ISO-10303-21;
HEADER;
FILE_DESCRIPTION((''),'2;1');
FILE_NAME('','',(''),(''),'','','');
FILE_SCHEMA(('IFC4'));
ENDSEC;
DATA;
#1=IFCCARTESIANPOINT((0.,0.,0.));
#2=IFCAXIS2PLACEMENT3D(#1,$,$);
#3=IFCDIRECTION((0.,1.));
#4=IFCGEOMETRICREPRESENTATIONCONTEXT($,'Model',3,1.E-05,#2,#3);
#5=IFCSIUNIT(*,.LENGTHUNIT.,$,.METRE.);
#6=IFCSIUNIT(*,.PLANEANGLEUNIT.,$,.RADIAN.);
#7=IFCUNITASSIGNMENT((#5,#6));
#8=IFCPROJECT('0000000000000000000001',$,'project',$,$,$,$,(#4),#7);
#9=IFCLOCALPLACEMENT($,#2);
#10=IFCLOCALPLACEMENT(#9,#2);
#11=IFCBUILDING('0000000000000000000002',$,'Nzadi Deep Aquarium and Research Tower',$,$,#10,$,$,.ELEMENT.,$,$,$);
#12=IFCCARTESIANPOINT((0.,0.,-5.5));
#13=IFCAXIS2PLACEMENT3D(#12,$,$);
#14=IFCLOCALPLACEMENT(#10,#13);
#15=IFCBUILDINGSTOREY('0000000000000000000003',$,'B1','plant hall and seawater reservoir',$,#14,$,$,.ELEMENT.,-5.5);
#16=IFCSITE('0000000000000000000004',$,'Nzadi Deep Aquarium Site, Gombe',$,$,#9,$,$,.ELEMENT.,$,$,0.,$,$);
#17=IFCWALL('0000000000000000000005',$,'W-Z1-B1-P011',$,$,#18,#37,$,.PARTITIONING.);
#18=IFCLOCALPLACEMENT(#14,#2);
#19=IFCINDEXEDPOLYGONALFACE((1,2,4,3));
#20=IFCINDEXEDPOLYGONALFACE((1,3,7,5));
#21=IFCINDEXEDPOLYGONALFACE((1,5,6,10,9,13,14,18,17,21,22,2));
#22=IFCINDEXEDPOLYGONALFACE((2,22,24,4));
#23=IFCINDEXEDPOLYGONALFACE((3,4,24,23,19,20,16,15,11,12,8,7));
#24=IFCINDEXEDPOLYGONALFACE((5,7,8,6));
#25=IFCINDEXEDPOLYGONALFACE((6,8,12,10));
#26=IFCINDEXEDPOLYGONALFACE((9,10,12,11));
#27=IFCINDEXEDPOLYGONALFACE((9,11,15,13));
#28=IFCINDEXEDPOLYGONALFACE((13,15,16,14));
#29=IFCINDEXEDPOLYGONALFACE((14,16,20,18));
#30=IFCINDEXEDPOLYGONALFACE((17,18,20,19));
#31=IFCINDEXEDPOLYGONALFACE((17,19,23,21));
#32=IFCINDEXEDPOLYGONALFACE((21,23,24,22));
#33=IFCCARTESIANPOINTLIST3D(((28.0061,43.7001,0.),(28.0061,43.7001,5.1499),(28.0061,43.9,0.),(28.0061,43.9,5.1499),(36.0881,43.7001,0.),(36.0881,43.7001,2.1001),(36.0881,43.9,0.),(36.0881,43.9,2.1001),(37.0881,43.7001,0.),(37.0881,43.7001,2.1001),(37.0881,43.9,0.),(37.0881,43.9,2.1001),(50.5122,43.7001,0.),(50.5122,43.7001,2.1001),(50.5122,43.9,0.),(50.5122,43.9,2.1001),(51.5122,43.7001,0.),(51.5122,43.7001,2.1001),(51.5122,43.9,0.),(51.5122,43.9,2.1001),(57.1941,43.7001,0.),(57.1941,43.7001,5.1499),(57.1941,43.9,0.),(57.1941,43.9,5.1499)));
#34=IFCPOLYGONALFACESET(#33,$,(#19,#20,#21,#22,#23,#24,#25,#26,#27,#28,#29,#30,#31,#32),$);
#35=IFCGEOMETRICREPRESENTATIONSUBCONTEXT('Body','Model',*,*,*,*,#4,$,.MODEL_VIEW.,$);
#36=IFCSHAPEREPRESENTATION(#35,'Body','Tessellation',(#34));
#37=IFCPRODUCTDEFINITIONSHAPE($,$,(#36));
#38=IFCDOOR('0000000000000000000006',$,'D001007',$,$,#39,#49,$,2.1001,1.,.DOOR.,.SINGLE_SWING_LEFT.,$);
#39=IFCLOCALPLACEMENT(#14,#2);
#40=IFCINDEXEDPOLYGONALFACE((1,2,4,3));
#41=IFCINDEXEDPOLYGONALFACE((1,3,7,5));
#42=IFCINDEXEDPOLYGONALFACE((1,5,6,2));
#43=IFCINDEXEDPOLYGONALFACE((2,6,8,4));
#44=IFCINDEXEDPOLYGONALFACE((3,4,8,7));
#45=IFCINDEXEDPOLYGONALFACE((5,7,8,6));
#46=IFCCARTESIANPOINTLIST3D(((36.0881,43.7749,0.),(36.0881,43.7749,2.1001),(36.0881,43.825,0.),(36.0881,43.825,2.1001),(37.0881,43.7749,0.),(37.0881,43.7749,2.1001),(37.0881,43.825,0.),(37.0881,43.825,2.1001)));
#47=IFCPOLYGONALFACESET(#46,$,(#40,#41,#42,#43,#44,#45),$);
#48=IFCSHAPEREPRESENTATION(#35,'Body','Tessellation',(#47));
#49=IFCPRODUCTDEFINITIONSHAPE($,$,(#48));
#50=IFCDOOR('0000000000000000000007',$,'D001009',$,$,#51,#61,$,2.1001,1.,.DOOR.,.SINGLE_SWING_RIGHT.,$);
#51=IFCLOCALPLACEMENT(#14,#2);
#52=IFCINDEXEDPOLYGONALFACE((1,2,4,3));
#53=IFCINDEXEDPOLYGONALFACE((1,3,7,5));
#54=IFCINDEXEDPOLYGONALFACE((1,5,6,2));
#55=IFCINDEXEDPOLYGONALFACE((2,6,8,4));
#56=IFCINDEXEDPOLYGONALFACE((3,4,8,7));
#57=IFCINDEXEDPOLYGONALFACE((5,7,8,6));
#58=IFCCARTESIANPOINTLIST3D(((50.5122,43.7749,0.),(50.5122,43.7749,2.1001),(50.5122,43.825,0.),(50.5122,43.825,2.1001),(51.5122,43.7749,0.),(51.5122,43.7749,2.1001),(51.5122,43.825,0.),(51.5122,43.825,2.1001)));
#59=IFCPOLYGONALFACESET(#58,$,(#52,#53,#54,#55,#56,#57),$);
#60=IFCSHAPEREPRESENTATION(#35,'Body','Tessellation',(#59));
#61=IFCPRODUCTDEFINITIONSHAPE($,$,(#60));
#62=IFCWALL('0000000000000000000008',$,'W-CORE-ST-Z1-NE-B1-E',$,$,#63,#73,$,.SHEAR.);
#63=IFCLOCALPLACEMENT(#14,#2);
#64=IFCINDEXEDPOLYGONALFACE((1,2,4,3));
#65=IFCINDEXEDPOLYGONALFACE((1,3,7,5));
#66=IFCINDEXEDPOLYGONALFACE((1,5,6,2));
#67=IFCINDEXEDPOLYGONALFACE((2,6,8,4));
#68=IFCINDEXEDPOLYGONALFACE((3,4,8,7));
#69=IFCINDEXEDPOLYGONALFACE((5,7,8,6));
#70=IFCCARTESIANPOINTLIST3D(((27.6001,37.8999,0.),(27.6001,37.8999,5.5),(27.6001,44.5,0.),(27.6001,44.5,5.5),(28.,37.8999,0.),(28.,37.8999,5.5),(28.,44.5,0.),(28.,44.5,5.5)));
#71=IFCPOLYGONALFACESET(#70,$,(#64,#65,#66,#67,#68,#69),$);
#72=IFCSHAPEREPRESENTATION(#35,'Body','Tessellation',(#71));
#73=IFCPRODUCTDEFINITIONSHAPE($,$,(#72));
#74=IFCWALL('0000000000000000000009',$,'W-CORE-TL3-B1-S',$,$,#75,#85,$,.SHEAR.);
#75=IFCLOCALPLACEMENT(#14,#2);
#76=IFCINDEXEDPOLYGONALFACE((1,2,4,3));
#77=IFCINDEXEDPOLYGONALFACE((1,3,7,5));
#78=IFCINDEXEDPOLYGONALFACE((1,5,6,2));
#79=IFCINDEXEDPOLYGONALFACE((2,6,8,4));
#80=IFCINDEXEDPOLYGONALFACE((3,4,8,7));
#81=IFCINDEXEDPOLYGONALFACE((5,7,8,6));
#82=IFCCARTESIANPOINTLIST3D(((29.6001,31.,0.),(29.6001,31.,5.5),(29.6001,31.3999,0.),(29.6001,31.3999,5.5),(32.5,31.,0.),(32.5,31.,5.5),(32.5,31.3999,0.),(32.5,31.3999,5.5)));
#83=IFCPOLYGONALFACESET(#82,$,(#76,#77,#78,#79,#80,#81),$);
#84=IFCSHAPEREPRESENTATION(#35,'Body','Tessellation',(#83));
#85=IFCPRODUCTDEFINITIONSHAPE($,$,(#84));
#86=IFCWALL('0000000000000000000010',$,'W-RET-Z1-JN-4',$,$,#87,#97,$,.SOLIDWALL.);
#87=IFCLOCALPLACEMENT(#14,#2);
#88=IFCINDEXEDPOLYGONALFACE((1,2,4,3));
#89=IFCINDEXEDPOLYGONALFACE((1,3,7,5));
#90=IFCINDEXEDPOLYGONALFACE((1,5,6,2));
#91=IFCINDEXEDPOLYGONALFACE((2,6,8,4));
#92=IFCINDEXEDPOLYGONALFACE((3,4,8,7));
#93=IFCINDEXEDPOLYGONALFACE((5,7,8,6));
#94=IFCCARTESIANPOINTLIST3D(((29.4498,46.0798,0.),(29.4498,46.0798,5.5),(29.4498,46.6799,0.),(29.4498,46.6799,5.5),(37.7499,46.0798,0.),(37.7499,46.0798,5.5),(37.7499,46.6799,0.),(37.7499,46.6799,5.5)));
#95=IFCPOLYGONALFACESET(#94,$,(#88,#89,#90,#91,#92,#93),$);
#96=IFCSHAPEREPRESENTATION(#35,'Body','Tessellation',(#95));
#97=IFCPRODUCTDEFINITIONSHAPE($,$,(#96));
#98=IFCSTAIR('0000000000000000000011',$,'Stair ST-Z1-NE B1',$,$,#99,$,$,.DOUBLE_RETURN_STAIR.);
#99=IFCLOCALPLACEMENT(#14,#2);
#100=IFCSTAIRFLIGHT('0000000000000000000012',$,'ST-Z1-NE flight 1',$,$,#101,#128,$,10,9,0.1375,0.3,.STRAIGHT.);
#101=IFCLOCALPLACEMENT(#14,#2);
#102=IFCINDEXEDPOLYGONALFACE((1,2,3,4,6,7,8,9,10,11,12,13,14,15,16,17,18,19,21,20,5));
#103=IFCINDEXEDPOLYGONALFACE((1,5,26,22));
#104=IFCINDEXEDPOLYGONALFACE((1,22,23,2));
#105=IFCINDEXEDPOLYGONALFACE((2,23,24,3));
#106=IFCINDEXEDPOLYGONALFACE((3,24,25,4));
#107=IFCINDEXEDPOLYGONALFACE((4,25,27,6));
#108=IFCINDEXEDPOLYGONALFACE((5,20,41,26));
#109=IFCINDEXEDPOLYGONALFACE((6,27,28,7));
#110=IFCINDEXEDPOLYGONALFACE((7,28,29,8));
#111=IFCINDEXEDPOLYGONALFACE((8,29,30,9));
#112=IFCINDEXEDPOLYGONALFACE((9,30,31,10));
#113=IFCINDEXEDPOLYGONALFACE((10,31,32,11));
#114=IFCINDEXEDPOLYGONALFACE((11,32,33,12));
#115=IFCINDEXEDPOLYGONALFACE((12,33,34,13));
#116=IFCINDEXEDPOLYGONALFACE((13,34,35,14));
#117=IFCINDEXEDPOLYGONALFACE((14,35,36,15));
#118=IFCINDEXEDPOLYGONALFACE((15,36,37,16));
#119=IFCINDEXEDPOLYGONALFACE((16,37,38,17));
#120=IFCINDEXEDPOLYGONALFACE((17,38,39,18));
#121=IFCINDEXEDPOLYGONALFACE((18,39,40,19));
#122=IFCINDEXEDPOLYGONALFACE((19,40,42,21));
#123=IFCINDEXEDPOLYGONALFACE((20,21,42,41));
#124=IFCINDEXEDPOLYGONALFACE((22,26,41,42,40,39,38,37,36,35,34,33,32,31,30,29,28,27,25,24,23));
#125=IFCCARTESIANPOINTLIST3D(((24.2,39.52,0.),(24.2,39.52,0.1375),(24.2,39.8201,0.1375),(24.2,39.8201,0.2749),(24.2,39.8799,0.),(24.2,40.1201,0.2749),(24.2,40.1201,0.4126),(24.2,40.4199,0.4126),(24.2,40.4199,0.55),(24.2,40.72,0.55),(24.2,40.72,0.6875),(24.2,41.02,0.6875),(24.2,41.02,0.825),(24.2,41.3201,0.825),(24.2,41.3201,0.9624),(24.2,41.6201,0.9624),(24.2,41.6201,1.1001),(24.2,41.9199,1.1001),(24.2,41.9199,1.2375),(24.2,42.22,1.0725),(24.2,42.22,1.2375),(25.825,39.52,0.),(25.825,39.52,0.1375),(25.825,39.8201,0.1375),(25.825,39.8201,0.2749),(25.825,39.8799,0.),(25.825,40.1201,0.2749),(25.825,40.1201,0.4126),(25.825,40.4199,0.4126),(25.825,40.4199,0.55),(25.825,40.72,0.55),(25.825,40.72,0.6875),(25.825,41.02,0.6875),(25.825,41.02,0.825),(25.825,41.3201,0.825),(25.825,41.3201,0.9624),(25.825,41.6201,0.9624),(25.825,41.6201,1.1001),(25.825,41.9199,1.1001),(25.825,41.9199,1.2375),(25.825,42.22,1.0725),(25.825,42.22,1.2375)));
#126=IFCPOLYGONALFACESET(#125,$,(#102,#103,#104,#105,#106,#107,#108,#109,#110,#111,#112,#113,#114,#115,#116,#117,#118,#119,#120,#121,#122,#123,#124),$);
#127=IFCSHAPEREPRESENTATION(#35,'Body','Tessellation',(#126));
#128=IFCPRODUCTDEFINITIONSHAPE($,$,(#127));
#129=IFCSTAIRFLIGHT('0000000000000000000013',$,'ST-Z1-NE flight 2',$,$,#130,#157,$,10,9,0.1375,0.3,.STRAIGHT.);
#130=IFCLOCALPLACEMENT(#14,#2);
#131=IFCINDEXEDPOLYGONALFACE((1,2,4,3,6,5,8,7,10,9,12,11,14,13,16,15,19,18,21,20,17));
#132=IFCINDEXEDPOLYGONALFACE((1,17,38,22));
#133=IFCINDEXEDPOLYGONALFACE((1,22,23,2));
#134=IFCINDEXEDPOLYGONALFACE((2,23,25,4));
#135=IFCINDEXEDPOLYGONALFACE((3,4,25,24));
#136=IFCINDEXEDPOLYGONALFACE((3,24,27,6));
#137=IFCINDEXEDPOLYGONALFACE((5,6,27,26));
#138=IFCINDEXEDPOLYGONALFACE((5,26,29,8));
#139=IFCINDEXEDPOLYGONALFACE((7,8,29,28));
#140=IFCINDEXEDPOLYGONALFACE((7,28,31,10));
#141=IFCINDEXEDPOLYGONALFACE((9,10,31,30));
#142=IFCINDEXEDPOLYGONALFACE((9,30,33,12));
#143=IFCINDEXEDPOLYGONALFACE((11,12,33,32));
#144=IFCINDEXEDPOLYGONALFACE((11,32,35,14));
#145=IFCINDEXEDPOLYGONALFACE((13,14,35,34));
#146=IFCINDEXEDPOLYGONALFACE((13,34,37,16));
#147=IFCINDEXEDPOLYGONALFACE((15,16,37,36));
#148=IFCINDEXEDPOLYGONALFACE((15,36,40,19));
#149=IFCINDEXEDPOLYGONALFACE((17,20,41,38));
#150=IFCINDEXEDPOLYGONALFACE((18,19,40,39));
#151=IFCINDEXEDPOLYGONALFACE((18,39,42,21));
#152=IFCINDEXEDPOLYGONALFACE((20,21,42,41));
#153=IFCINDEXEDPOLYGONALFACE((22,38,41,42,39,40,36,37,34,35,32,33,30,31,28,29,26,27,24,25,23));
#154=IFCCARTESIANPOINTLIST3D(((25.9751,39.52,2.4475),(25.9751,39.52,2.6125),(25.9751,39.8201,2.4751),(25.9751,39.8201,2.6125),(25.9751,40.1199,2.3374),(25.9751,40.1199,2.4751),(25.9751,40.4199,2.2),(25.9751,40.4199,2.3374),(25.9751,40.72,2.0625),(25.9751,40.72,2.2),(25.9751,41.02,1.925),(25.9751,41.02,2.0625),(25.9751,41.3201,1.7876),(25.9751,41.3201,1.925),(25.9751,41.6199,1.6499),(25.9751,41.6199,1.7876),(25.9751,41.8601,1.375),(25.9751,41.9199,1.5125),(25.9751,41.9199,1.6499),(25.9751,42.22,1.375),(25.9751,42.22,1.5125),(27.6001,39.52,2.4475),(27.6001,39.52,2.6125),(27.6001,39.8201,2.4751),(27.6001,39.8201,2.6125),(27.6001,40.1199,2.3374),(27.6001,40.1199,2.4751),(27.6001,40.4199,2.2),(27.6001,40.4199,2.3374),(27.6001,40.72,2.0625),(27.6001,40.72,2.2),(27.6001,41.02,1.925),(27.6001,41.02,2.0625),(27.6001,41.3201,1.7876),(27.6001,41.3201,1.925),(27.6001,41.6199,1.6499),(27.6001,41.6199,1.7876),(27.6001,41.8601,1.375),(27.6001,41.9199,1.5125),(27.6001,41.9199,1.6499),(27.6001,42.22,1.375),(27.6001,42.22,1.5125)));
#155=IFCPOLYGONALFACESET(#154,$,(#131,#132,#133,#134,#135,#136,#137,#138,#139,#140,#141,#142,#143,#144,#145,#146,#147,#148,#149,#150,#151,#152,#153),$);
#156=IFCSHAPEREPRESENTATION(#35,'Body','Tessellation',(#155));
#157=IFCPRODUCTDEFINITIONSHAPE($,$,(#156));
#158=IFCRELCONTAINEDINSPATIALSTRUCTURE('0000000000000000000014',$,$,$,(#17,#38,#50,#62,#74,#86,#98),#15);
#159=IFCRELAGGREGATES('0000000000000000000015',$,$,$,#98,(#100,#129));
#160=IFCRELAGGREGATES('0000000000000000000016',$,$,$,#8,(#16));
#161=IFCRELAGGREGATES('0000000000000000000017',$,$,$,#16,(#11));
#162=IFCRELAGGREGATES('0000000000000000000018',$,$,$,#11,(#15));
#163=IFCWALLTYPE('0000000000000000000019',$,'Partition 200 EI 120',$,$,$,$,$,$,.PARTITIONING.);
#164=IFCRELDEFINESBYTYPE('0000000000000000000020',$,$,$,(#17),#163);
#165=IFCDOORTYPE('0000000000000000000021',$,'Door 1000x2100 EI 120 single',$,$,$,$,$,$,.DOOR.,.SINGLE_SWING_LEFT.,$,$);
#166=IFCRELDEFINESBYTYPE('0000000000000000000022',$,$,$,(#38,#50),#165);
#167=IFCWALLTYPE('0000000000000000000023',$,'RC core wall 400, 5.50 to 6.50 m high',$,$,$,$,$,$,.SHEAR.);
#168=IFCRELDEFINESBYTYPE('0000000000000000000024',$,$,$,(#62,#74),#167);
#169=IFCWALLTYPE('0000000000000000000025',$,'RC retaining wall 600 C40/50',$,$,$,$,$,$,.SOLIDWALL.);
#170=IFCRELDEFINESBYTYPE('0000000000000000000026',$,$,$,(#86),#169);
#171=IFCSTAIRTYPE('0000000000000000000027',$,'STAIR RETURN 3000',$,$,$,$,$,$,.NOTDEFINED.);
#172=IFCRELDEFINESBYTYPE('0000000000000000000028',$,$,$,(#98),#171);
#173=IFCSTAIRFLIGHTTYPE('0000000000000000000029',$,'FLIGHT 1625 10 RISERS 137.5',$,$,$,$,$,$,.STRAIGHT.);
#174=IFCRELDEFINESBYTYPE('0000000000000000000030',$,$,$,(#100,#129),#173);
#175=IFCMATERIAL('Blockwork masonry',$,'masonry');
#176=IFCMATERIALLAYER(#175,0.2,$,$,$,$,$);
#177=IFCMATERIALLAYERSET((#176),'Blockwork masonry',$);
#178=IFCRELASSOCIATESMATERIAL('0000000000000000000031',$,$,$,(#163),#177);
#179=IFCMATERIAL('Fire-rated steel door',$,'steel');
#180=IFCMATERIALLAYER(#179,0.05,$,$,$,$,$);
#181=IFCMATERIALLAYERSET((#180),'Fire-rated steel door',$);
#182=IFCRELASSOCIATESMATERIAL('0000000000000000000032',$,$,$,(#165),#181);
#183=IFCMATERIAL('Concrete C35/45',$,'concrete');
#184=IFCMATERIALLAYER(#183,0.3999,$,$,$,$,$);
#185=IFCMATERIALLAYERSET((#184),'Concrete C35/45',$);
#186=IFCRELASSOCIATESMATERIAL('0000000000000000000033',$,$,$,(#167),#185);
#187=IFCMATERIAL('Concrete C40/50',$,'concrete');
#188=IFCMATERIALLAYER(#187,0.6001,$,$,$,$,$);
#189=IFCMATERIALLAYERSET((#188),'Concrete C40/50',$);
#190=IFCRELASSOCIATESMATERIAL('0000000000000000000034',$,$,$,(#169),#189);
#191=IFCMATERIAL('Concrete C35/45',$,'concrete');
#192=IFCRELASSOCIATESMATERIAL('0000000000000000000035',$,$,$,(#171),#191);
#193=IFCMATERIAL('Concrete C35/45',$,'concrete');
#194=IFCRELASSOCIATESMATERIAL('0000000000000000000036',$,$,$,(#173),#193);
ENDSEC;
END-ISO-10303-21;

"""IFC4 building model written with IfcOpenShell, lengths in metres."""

from ifc_helpers import new_model, si_unit, direction, frame, frame_2d, origin, place, context, subcontext, project, spatial, polyline, rectangle, outline, extrude, material, layer, layer_set, type_object, element, fill, aggregate, save


model = new_model("IFC4")

# Units and contexts
model_context = context("Model", 3, precision=1e-05, world=origin(), true_north=direction((0.0, 1.0)))
body_context = subcontext(model_context, "Body", "Model", "MODEL_VIEW")
ifc_project = project(units=[si_unit("LENGTHUNIT", "METRE"), si_unit("PLANEANGLEUNIT", "RADIAN")], contexts=[model_context])

# Site, building, storey
site_placement = place(None, origin())
site = spatial("IfcSite", under=ifc_project, at=site_placement, Name="Nzadi Deep Aquarium Site, Gombe", CompositionType="ELEMENT", RefElevation=0.0)
building_placement = place(site_placement, origin())
building = spatial("IfcBuilding", under=site, at=building_placement, Name="Nzadi Deep Aquarium and Research Tower", CompositionType="ELEMENT")
storey_placement = place(building_placement, frame((0.0, 0.0, -5.5)))
storey = spatial("IfcBuildingStorey", under=building, at=storey_placement, Name="B1", Description="plant hall and seawater reservoir", CompositionType="ELEMENT", Elevation=-5.5)

# Shared definitions
ifc_material_1 = material(Name="Blockwork masonry", Category="masonry")
ifc_layer_1 = layer(ifc_material_1, 0.2)
ifc_layer_set_1 = layer_set([ifc_layer_1], Name="Blockwork masonry")
wall_type_1 = type_object("IfcWallType", Name="Partition 200 EI 120", PredefinedType="PARTITIONING", material=ifc_layer_set_1)
ifc_material_2 = material(Name="Fire-rated steel door", Category="steel")
ifc_layer_2 = layer(ifc_material_2, 0.05)
ifc_layer_set_2 = layer_set([ifc_layer_2], Name="Fire-rated steel door")
door_type = type_object("IfcDoorType", Name="Door 1000x2100 EI 120 single", OperationType="SINGLE_SWING_LEFT", PredefinedType="DOOR", material=ifc_layer_set_2)

# Wall, openings, doors
wall_1_placement = place(storey_placement, frame((28.0061, 43.8, 0.0), z_axis=(0.0, 0.0, 1.0), x_axis=(1.0, 0.0, 0.0)))
wall_1 = element("IfcWall", 1, at=wall_1_placement, inside=storey, type_object=wall_type_1, Name="W-Z1-B1-P011", PredefinedType="PARTITIONING", context=body_context, shape_type="SweptSolid", body=[
    extrude(rectangle(XDim=29.188, YDim=0.2, at=frame_2d((14.594, 0.0))), origin(), (0.0, 0.0, 1.0), 5.1499),
])
opening_1_placement = place(wall_1_placement, frame((8.082, 0.0, 0.0)))
opening_1 = element("IfcOpeningElement", 2, at=opening_1_placement, cuts=wall_1, PredefinedType="OPENING", context=body_context, shape_type="SweptSolid", body=[
    extrude(rectangle(XDim=1.0, YDim=2.1001, at=frame_2d((0.5, 1.05))), frame((0.0, 0.1101, 0.0), z_axis=(0.0, -1.0, 0.0), x_axis=(1.0, 0.0, 0.0)), (0.0, 0.0, 1.0), 0.2202),
])
opening_2_placement = place(wall_1_placement, frame((22.5061, 0.0, 0.0)))
opening_2 = element("IfcOpeningElement", 3, at=opening_2_placement, cuts=wall_1, PredefinedType="OPENING", context=body_context, shape_type="SweptSolid", body=[
    extrude(rectangle(XDim=1.0, YDim=2.1001, at=frame_2d((0.5, 1.05))), frame((0.0, 0.1101, 0.0), z_axis=(0.0, -1.0, 0.0), x_axis=(1.0, 0.0, 0.0)), (0.0, 0.0, 1.0), 0.2202),
])
door_1_placement = place(opening_1_placement, origin())
door_1 = element("IfcDoor", 4, at=door_1_placement, inside=storey, type_object=door_type, Name="D001007", OperationType="SINGLE_SWING_LEFT", OverallHeight=2.1001, OverallWidth=1.0, PredefinedType="DOOR", context=body_context, shape_type="SweptSolid", body=[
    extrude(rectangle(XDim=1.0, YDim=2.1001, at=frame_2d((0.5, 1.05))), frame((0.0, 0.0249, 0.0), z_axis=(0.0, -1.0, 0.0), x_axis=(1.0, 0.0, 0.0)), (0.0, 0.0, 1.0), 0.05),
])
fill(opening_1, door_1)
door_2_placement = place(opening_2_placement, origin())
door_2 = element("IfcDoor", 5, at=door_2_placement, inside=storey, type_object=door_type, Name="D001009", OperationType="SINGLE_SWING_RIGHT", OverallHeight=2.1001, OverallWidth=1.0, PredefinedType="DOOR", context=body_context, shape_type="SweptSolid", body=[
    extrude(rectangle(XDim=1.0, YDim=2.1001, at=frame_2d((0.5, 1.05))), frame((0.0, 0.0249, 0.0), z_axis=(0.0, -1.0, 0.0), x_axis=(1.0, 0.0, 0.0)), (0.0, 0.0, 1.0), 0.05),
])
fill(opening_2, door_2)

# Walls
ifc_material_3 = material(Name="Concrete C35/45", Category="concrete")
ifc_layer_3 = layer(ifc_material_3, 0.3999)
ifc_layer_set_3 = layer_set([ifc_layer_3], Name="Concrete C35/45")
wall_type_2 = type_object("IfcWallType", Name="RC core wall 400, 5.50 to 6.50 m high", PredefinedType="SHEAR", material=ifc_layer_set_3)
wall_2_placement = place(storey_placement, frame((27.8, 37.8999, 0.0), z_axis=(0.0, 0.0, 1.0), x_axis=(0.0, 1.0, 0.0)))
element("IfcWall", 6, at=wall_2_placement, inside=storey, type_object=wall_type_2, Name="W-CORE-ST-Z1-NE-B1-E", PredefinedType="SHEAR", context=body_context, shape_type="SweptSolid", body=[
    extrude(rectangle(XDim=6.6001, YDim=0.3999, at=frame_2d((3.3, 0.0))), origin(), (0.0, 0.0, 1.0), 5.5),
])
wall_3_placement = place(storey_placement, frame((29.6001, 31.2, 0.0), z_axis=(0.0, 0.0, 1.0), x_axis=(1.0, 0.0, 0.0)))
element("IfcWall", 7, at=wall_3_placement, inside=storey, type_object=wall_type_2, Name="W-CORE-TL3-B1-S", PredefinedType="SHEAR", context=body_context, shape_type="SweptSolid", body=[
    extrude(rectangle(XDim=2.8999, YDim=0.3999, at=frame_2d((1.45, 0.0))), origin(), (0.0, 0.0, 1.0), 5.5),
])
ifc_material_4 = material(Name="Concrete C40/50", Category="concrete")
ifc_layer_4 = layer(ifc_material_4, 0.6001)
ifc_layer_set_4 = layer_set([ifc_layer_4], Name="Concrete C40/50")
wall_type_3 = type_object("IfcWallType", Name="RC retaining wall 600 C40/50", PredefinedType="SOLIDWALL", material=ifc_layer_set_4)
wall_4_placement = place(storey_placement, frame((29.45, 46.3799, 0.0), z_axis=(0.0, 0.0, 1.0), x_axis=(1.0, 0.0, 0.0)))
element("IfcWall", 8, at=wall_4_placement, inside=storey, type_object=wall_type_3, Name="W-RET-Z1-JN-4", PredefinedType="SOLIDWALL", context=body_context, shape_type="SweptSolid", body=[
    extrude(rectangle(XDim=8.3, YDim=0.6001, at=frame_2d((4.1499, 0.0))), origin(), (0.0, 0.0, 1.0), 5.5),
])

# Stair, stair flights
ifc_material_5 = material(Name="Concrete C35/45", Category="concrete")
stair_type = type_object("IfcStairType", Name="STAIR RETURN 3000", PredefinedType="NOTDEFINED", material=ifc_material_5)
stair_placement = place(storey_placement, origin())
stair = element("IfcStair", 9, at=stair_placement, inside=storey, type_object=stair_type, Name="Stair ST-Z1-NE B1", PredefinedType="DOUBLE_RETURN_STAIR")
ifc_material_6 = material(Name="Concrete C35/45", Category="concrete")
stair_flight_type = type_object("IfcStairFlightType", Name="FLIGHT 1625 10 RISERS 137.5", PredefinedType="STRAIGHT", material=ifc_material_6)
stair_flight_1_placement = place(storey_placement, frame((25.0125, 39.52, 0.0), z_axis=(0.0, 0.0, 1.0), x_axis=(0.0, 1.0, 0.0)))
stair_flight_1 = element("IfcStairFlight", 10, at=stair_flight_1_placement, type_object=stair_flight_type, Name="ST-Z1-NE flight 1", NumberOfRisers=10, NumberOfTreads=9, PredefinedType="STRAIGHT", RiserHeight=0.1375, TreadLength=0.3, context=body_context, shape_type="SweptSolid", body=[
    extrude(outline(polyline([(0.0, 0.0), (0.0, 0.1375), (0.3, 0.1375), (0.3, 0.2749), (0.6001, 0.2749), (0.6001, 0.4126), (0.8999, 0.4126), (0.8999, 0.55), (1.2, 0.55), (1.2, 0.6875), (1.5, 0.6875), (1.5, 0.825), (1.8, 0.825), (1.8, 0.9624), (2.1001, 0.9624), (2.1001, 1.1001), (2.3999, 1.1001), (2.3999, 1.2375), (2.7, 1.2375), (2.7, 1.375), (2.7, 1.0725), (0.3599, 0.0), (0.0, 0.0)])), frame((0.0, 0.8125, 0.0), z_axis=(0.0, -1.0, 0.0), x_axis=(1.0, 0.0, 0.0)), (0.0, 0.0, 1.0), 1.625),
])
stair_flight_2_placement = place(storey_placement, frame((26.7876, 42.22, 1.375), z_axis=(0.0, 0.0, 1.0), x_axis=(0.0, -1.0, 0.0)))
stair_flight_2 = element("IfcStairFlight", 11, at=stair_flight_2_placement, type_object=stair_flight_type, Name="ST-Z1-NE flight 2", NumberOfRisers=10, NumberOfTreads=9, PredefinedType="STRAIGHT", RiserHeight=0.1375, TreadLength=0.3, context=body_context, shape_type="SweptSolid", body=[
    extrude(outline(polyline([(0.0, 0.0), (0.0, 0.1375), (0.3, 0.1375), (0.3, 0.2749), (0.6001, 0.2749), (0.6001, 0.4126), (0.8999, 0.4126), (0.8999, 0.55), (1.2, 0.55), (1.2, 0.6875), (1.5, 0.6875), (1.5, 0.825), (1.8, 0.825), (1.8, 0.9624), (2.1001, 0.9624), (2.1001, 1.1001), (2.3999, 1.1001), (2.3999, 1.2375), (2.7, 1.2375), (2.7, 1.375), (2.7, 1.0725), (0.3599, 0.0), (0.0, 0.0)])), frame((0.0, 0.8125, 0.0), z_axis=(0.0, -1.0, 0.0), x_axis=(1.0, 0.0, 0.0)), (0.0, 0.0, 1.0), 1.625),
])
aggregate(stair, [stair_flight_1, stair_flight_2])

save(model, "model.ifc")
